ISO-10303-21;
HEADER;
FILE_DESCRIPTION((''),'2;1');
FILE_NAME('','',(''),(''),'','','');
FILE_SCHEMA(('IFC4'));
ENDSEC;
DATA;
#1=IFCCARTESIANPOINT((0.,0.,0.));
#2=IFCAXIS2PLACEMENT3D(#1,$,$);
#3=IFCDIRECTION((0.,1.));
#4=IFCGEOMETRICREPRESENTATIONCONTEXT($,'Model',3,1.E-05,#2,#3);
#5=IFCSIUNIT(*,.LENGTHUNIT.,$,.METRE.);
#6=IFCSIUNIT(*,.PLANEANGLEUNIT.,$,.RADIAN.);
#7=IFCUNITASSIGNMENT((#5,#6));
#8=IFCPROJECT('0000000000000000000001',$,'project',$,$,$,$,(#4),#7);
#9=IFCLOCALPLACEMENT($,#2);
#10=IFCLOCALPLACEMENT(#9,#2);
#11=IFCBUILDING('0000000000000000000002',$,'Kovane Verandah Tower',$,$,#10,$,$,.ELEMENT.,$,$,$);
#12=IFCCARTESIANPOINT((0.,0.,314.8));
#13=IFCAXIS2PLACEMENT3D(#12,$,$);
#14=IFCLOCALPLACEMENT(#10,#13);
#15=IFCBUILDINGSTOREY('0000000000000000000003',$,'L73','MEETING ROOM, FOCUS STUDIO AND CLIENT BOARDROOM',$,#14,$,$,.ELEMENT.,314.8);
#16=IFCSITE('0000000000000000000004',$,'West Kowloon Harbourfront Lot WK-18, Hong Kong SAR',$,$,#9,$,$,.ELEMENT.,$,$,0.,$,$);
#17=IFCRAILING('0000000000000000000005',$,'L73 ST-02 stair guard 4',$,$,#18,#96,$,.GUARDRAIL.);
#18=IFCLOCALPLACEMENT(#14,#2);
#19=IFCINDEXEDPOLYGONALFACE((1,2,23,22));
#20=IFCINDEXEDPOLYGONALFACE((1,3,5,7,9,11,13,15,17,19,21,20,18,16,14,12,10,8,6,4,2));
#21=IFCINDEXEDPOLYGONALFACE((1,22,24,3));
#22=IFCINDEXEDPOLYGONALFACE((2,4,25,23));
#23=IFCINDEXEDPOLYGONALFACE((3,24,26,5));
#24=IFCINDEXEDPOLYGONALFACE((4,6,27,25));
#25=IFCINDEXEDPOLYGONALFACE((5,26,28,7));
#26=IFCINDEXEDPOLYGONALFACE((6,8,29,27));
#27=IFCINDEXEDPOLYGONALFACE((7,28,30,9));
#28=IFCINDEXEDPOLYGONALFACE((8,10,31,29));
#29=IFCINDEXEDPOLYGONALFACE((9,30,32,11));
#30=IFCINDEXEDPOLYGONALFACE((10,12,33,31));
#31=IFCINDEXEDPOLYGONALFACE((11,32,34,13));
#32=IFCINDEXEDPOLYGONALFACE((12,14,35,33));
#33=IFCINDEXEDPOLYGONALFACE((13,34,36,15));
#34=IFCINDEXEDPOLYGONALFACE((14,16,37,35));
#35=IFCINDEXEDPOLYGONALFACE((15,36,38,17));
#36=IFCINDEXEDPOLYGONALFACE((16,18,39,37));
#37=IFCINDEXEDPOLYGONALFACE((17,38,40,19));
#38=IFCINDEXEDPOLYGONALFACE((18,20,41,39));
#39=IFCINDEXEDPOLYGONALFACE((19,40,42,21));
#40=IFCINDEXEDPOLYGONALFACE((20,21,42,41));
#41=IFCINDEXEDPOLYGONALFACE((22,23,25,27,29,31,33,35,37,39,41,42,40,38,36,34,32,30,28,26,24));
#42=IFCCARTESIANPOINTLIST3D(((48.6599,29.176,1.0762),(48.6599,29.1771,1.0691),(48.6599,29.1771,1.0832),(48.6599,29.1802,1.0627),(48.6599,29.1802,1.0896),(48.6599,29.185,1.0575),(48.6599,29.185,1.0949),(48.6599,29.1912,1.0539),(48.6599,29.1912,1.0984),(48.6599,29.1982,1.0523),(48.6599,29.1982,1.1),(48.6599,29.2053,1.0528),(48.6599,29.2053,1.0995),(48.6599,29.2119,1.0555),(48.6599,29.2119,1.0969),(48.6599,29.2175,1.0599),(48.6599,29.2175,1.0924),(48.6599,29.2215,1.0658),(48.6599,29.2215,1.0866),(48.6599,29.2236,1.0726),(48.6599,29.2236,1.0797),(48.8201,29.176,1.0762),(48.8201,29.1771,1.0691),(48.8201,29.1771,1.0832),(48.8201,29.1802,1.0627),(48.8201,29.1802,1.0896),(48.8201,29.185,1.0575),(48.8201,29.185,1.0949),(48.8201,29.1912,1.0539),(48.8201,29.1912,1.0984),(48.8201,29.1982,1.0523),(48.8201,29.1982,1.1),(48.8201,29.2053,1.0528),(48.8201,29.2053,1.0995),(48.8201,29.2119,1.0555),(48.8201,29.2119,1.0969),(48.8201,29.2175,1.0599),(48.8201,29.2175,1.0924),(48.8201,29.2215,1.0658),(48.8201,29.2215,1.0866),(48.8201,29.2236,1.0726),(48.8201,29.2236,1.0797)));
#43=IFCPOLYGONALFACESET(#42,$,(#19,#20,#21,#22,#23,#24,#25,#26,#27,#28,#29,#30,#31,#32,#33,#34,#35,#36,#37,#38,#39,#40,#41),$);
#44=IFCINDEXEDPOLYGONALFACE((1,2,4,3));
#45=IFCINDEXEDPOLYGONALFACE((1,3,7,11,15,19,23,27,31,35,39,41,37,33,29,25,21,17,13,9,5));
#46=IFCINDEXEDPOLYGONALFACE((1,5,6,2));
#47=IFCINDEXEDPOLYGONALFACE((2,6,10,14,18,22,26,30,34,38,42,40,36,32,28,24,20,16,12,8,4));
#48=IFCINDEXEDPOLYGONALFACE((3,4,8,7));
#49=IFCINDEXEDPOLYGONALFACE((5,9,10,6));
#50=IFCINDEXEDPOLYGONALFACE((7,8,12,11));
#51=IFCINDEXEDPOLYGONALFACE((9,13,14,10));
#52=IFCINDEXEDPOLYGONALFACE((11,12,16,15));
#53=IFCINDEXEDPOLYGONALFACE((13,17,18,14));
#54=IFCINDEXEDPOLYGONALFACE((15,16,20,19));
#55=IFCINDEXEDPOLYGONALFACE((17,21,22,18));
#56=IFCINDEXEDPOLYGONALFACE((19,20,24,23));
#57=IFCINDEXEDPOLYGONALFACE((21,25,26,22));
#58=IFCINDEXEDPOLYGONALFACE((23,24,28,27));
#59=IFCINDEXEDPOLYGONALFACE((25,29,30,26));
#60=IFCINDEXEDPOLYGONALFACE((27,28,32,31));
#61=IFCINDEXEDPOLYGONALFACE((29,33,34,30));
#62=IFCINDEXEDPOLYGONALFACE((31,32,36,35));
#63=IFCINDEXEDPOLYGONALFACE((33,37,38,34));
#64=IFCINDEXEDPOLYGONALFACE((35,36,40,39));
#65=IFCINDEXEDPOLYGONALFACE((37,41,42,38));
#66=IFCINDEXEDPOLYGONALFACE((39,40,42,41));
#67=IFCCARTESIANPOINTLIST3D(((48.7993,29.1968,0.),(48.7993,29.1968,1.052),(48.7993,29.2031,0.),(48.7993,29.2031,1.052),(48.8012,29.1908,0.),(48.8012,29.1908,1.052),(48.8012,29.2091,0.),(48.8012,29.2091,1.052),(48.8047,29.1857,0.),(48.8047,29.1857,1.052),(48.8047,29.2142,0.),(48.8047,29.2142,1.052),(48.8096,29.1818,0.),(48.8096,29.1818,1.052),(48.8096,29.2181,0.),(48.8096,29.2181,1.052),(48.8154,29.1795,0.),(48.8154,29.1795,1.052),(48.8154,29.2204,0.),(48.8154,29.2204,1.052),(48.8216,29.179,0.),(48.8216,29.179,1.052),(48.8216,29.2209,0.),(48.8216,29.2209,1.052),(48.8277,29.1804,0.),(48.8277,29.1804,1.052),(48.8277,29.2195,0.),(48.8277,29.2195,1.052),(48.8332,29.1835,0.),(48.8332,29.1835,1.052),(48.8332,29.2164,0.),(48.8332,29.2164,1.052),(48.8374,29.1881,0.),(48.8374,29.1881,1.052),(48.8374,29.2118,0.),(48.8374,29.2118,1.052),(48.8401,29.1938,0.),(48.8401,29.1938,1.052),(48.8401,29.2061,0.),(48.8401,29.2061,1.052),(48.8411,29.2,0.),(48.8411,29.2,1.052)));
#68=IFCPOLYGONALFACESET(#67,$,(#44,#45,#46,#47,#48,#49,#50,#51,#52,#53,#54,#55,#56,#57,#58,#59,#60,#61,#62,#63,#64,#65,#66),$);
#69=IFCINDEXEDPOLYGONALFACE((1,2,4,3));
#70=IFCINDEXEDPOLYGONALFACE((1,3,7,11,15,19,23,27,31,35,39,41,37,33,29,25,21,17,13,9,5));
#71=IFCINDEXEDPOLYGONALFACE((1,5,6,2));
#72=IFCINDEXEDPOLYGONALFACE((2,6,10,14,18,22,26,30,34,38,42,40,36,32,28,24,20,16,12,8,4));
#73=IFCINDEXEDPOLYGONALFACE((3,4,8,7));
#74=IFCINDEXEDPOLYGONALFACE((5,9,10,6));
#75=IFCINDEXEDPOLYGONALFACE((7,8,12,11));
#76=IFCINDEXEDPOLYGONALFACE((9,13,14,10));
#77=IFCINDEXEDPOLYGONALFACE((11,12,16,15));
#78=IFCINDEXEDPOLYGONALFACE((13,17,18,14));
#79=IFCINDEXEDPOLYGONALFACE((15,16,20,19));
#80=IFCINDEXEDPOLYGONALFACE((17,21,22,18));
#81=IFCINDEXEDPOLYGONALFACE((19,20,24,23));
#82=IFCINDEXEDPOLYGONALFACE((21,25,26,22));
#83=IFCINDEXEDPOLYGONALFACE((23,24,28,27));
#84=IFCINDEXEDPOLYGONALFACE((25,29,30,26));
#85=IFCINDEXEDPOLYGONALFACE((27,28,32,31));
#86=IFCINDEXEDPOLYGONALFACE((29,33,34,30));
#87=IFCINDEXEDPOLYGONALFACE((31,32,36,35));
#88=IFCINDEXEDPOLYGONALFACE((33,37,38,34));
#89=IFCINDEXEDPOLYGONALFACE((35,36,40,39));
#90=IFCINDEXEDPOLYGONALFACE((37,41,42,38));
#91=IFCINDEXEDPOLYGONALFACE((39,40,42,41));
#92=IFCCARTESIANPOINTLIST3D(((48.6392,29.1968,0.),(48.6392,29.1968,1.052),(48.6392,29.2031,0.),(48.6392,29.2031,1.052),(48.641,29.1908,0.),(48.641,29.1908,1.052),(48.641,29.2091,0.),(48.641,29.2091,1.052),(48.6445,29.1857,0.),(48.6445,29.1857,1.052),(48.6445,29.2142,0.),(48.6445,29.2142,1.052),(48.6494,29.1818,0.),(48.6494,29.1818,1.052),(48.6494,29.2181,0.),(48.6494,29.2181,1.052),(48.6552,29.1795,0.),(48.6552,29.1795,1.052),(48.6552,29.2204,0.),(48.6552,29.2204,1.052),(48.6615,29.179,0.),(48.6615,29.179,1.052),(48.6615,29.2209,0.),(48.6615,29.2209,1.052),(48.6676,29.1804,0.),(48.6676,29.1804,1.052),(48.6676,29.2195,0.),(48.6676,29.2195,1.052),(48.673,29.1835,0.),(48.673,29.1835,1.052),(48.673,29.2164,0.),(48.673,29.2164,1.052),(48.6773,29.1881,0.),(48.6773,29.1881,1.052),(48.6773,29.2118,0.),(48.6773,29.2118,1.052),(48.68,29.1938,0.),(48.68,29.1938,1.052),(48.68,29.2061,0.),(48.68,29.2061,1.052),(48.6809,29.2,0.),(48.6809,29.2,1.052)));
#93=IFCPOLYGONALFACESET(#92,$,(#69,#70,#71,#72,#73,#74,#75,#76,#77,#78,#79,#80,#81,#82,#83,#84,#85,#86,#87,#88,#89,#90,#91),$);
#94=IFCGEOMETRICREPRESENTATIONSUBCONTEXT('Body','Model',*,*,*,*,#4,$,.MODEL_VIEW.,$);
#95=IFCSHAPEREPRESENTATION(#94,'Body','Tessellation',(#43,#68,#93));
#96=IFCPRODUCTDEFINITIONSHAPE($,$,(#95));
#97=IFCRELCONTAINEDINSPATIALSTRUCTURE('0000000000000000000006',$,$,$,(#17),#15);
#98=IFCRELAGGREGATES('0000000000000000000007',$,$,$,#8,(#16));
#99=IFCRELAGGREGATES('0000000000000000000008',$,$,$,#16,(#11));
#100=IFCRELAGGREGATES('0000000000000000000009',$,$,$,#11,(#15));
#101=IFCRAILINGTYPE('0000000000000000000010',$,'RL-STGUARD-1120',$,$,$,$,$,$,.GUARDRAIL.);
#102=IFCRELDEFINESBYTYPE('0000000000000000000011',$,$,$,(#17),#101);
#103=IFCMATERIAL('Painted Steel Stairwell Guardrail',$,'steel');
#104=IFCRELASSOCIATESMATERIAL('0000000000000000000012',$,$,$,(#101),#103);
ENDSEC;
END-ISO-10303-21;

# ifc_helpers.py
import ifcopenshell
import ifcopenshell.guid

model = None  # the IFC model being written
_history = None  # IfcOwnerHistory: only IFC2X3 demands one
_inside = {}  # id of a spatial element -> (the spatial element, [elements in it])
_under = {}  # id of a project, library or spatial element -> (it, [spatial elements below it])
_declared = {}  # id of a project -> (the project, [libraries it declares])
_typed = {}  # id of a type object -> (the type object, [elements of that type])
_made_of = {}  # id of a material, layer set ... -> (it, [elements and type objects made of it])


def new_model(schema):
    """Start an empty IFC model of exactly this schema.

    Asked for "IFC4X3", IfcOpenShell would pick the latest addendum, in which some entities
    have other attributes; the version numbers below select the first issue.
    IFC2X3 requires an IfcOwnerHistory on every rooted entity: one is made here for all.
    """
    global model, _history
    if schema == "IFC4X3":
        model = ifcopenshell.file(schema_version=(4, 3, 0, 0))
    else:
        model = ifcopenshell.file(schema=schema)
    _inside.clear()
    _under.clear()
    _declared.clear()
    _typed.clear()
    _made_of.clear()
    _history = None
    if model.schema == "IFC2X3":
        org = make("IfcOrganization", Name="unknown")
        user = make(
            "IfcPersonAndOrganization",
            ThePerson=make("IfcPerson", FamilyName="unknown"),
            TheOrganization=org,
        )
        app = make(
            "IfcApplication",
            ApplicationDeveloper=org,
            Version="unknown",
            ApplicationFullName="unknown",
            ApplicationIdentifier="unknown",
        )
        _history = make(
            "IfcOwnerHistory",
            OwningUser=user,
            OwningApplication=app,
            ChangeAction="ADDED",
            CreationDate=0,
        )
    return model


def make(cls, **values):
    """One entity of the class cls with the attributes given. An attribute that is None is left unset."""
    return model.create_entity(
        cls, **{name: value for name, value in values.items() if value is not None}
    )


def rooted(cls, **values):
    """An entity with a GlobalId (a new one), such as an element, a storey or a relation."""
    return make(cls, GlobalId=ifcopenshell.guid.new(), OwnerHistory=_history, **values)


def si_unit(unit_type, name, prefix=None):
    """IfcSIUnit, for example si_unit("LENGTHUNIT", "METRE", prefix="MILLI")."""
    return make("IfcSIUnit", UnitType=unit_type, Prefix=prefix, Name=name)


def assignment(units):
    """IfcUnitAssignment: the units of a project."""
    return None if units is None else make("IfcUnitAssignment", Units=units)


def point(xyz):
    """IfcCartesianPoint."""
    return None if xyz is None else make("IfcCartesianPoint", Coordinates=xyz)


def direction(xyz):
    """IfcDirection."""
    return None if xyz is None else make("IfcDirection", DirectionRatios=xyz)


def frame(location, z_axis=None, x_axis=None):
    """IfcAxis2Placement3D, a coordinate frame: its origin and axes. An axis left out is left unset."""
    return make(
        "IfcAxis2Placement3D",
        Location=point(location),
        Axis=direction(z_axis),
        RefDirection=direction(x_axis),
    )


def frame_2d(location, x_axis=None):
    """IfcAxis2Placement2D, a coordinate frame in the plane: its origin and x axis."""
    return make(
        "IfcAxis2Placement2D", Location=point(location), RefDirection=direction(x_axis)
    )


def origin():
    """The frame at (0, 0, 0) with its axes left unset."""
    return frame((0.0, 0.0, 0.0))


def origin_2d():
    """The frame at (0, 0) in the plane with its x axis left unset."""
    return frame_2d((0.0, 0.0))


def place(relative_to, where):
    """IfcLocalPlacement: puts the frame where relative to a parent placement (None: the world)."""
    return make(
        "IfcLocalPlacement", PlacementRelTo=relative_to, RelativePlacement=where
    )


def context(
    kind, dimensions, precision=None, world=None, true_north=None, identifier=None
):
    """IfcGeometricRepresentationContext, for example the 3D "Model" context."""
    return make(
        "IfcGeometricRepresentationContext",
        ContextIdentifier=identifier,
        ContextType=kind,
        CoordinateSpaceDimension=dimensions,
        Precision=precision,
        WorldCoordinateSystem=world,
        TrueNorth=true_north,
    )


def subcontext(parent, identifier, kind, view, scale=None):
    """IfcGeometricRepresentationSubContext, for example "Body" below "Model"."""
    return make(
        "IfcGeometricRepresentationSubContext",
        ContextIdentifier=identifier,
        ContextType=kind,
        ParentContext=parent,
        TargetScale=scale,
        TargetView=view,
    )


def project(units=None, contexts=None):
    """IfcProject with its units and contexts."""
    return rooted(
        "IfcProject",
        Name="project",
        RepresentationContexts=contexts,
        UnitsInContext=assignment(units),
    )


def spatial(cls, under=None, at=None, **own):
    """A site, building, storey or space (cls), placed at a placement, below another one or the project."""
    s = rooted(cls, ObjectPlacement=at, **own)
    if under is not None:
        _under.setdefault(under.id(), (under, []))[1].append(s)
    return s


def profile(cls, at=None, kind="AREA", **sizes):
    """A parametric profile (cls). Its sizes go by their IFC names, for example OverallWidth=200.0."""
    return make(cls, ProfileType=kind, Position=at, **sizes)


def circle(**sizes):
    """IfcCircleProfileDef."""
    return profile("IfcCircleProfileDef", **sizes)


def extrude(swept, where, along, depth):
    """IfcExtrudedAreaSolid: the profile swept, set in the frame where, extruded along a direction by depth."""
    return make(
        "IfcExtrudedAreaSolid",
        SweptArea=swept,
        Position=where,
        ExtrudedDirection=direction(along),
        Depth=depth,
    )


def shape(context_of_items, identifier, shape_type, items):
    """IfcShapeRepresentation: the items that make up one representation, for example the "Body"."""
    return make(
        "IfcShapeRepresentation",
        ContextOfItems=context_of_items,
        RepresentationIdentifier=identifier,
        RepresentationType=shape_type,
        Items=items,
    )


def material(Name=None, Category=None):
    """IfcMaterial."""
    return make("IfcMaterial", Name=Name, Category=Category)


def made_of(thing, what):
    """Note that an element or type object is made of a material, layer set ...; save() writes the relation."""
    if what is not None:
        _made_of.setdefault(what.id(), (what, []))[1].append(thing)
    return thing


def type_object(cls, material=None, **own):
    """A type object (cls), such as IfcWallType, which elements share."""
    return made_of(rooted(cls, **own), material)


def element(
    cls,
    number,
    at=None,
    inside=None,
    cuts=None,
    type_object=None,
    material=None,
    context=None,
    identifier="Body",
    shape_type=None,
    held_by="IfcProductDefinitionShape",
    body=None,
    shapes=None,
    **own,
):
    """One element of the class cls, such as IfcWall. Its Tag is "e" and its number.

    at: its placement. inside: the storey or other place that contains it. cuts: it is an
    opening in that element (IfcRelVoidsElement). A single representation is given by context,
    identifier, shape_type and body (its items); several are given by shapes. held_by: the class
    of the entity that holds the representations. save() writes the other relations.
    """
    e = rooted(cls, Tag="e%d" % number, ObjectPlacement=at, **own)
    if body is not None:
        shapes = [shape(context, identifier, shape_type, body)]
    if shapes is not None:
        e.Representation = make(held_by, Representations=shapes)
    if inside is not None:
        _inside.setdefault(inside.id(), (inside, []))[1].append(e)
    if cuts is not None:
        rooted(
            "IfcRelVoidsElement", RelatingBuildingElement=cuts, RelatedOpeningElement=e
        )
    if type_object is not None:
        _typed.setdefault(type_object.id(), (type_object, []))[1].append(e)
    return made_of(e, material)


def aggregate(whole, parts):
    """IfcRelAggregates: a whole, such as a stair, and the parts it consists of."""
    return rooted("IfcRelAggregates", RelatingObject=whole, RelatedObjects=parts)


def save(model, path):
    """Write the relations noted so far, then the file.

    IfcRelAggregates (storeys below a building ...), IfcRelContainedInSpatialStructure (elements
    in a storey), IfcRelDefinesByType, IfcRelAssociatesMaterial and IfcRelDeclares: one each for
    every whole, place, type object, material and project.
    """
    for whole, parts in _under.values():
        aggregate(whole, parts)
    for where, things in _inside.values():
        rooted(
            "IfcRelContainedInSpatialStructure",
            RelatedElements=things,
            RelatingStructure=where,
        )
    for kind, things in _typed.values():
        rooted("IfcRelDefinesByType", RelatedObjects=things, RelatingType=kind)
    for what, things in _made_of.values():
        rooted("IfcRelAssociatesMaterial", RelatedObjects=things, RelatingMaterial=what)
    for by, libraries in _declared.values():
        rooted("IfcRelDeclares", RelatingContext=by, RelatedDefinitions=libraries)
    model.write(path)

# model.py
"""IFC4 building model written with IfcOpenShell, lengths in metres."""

from ifc_helpers import new_model, si_unit, direction, frame, origin, origin_2d, place, context, subcontext, project, spatial, circle, extrude, material, type_object, element, save


model = new_model("IFC4")

# Units and contexts
model_context = context("Model", 3, precision=1e-05, world=origin(), true_north=direction((0.0, 1.0)))
body_context = subcontext(model_context, "Body", "Model", "MODEL_VIEW")
ifc_project = project(units=[si_unit("LENGTHUNIT", "METRE"), si_unit("PLANEANGLEUNIT", "RADIAN")], contexts=[model_context])

# Site, building, storey
site_placement = place(None, origin())
site = spatial("IfcSite", under=ifc_project, at=site_placement, Name="West Kowloon Harbourfront Lot WK-18, Hong Kong SAR", CompositionType="ELEMENT", RefElevation=0.0)
building_placement = place(site_placement, origin())
building = spatial("IfcBuilding", under=site, at=building_placement, Name="Kovane Verandah Tower", CompositionType="ELEMENT")
storey_placement = place(building_placement, frame((0.0, 0.0, 314.8)))
storey = spatial("IfcBuildingStorey", under=building, at=storey_placement, Name="L73", Description="MEETING ROOM, FOCUS STUDIO AND CLIENT BOARDROOM", CompositionType="ELEMENT", Elevation=314.8)

# Railing
ifc_material_1 = material(Name="Painted Steel Stairwell Guardrail", Category="steel")
railing_type_1 = type_object("IfcRailingType", Name="RL-STGUARD-1120", PredefinedType="GUARDRAIL", material=ifc_material_1)
railing_1_placement = place(storey_placement, frame((48.8201, 29.2, 0.0)))
element("IfcRailing", 1, at=railing_1_placement, inside=storey, type_object=railing_type_1, Name="L73 ST-02 stair guard 4", PredefinedType="GUARDRAIL", context=body_context, shape_type="SweptSolid", body=[
    extrude(circle(Radius=0.0239, at=origin_2d()), frame((0.0, 0.0, 1.0762), z_axis=(-1.0, 0.0, 0.0), x_axis=(0.0, -1.0, 0.0)), (0.0, 0.0, 1.0), 0.1602),
    extrude(circle(Radius=0.021, at=origin_2d()), origin(), (0.0, 0.0, 1.0), 1.052),
    extrude(circle(Radius=0.021, at=origin_2d()), frame((-0.1602, 0.0, 0.0)), (0.0, 0.0, 1.0), 1.052),
])

save(model, "model.ifc")
